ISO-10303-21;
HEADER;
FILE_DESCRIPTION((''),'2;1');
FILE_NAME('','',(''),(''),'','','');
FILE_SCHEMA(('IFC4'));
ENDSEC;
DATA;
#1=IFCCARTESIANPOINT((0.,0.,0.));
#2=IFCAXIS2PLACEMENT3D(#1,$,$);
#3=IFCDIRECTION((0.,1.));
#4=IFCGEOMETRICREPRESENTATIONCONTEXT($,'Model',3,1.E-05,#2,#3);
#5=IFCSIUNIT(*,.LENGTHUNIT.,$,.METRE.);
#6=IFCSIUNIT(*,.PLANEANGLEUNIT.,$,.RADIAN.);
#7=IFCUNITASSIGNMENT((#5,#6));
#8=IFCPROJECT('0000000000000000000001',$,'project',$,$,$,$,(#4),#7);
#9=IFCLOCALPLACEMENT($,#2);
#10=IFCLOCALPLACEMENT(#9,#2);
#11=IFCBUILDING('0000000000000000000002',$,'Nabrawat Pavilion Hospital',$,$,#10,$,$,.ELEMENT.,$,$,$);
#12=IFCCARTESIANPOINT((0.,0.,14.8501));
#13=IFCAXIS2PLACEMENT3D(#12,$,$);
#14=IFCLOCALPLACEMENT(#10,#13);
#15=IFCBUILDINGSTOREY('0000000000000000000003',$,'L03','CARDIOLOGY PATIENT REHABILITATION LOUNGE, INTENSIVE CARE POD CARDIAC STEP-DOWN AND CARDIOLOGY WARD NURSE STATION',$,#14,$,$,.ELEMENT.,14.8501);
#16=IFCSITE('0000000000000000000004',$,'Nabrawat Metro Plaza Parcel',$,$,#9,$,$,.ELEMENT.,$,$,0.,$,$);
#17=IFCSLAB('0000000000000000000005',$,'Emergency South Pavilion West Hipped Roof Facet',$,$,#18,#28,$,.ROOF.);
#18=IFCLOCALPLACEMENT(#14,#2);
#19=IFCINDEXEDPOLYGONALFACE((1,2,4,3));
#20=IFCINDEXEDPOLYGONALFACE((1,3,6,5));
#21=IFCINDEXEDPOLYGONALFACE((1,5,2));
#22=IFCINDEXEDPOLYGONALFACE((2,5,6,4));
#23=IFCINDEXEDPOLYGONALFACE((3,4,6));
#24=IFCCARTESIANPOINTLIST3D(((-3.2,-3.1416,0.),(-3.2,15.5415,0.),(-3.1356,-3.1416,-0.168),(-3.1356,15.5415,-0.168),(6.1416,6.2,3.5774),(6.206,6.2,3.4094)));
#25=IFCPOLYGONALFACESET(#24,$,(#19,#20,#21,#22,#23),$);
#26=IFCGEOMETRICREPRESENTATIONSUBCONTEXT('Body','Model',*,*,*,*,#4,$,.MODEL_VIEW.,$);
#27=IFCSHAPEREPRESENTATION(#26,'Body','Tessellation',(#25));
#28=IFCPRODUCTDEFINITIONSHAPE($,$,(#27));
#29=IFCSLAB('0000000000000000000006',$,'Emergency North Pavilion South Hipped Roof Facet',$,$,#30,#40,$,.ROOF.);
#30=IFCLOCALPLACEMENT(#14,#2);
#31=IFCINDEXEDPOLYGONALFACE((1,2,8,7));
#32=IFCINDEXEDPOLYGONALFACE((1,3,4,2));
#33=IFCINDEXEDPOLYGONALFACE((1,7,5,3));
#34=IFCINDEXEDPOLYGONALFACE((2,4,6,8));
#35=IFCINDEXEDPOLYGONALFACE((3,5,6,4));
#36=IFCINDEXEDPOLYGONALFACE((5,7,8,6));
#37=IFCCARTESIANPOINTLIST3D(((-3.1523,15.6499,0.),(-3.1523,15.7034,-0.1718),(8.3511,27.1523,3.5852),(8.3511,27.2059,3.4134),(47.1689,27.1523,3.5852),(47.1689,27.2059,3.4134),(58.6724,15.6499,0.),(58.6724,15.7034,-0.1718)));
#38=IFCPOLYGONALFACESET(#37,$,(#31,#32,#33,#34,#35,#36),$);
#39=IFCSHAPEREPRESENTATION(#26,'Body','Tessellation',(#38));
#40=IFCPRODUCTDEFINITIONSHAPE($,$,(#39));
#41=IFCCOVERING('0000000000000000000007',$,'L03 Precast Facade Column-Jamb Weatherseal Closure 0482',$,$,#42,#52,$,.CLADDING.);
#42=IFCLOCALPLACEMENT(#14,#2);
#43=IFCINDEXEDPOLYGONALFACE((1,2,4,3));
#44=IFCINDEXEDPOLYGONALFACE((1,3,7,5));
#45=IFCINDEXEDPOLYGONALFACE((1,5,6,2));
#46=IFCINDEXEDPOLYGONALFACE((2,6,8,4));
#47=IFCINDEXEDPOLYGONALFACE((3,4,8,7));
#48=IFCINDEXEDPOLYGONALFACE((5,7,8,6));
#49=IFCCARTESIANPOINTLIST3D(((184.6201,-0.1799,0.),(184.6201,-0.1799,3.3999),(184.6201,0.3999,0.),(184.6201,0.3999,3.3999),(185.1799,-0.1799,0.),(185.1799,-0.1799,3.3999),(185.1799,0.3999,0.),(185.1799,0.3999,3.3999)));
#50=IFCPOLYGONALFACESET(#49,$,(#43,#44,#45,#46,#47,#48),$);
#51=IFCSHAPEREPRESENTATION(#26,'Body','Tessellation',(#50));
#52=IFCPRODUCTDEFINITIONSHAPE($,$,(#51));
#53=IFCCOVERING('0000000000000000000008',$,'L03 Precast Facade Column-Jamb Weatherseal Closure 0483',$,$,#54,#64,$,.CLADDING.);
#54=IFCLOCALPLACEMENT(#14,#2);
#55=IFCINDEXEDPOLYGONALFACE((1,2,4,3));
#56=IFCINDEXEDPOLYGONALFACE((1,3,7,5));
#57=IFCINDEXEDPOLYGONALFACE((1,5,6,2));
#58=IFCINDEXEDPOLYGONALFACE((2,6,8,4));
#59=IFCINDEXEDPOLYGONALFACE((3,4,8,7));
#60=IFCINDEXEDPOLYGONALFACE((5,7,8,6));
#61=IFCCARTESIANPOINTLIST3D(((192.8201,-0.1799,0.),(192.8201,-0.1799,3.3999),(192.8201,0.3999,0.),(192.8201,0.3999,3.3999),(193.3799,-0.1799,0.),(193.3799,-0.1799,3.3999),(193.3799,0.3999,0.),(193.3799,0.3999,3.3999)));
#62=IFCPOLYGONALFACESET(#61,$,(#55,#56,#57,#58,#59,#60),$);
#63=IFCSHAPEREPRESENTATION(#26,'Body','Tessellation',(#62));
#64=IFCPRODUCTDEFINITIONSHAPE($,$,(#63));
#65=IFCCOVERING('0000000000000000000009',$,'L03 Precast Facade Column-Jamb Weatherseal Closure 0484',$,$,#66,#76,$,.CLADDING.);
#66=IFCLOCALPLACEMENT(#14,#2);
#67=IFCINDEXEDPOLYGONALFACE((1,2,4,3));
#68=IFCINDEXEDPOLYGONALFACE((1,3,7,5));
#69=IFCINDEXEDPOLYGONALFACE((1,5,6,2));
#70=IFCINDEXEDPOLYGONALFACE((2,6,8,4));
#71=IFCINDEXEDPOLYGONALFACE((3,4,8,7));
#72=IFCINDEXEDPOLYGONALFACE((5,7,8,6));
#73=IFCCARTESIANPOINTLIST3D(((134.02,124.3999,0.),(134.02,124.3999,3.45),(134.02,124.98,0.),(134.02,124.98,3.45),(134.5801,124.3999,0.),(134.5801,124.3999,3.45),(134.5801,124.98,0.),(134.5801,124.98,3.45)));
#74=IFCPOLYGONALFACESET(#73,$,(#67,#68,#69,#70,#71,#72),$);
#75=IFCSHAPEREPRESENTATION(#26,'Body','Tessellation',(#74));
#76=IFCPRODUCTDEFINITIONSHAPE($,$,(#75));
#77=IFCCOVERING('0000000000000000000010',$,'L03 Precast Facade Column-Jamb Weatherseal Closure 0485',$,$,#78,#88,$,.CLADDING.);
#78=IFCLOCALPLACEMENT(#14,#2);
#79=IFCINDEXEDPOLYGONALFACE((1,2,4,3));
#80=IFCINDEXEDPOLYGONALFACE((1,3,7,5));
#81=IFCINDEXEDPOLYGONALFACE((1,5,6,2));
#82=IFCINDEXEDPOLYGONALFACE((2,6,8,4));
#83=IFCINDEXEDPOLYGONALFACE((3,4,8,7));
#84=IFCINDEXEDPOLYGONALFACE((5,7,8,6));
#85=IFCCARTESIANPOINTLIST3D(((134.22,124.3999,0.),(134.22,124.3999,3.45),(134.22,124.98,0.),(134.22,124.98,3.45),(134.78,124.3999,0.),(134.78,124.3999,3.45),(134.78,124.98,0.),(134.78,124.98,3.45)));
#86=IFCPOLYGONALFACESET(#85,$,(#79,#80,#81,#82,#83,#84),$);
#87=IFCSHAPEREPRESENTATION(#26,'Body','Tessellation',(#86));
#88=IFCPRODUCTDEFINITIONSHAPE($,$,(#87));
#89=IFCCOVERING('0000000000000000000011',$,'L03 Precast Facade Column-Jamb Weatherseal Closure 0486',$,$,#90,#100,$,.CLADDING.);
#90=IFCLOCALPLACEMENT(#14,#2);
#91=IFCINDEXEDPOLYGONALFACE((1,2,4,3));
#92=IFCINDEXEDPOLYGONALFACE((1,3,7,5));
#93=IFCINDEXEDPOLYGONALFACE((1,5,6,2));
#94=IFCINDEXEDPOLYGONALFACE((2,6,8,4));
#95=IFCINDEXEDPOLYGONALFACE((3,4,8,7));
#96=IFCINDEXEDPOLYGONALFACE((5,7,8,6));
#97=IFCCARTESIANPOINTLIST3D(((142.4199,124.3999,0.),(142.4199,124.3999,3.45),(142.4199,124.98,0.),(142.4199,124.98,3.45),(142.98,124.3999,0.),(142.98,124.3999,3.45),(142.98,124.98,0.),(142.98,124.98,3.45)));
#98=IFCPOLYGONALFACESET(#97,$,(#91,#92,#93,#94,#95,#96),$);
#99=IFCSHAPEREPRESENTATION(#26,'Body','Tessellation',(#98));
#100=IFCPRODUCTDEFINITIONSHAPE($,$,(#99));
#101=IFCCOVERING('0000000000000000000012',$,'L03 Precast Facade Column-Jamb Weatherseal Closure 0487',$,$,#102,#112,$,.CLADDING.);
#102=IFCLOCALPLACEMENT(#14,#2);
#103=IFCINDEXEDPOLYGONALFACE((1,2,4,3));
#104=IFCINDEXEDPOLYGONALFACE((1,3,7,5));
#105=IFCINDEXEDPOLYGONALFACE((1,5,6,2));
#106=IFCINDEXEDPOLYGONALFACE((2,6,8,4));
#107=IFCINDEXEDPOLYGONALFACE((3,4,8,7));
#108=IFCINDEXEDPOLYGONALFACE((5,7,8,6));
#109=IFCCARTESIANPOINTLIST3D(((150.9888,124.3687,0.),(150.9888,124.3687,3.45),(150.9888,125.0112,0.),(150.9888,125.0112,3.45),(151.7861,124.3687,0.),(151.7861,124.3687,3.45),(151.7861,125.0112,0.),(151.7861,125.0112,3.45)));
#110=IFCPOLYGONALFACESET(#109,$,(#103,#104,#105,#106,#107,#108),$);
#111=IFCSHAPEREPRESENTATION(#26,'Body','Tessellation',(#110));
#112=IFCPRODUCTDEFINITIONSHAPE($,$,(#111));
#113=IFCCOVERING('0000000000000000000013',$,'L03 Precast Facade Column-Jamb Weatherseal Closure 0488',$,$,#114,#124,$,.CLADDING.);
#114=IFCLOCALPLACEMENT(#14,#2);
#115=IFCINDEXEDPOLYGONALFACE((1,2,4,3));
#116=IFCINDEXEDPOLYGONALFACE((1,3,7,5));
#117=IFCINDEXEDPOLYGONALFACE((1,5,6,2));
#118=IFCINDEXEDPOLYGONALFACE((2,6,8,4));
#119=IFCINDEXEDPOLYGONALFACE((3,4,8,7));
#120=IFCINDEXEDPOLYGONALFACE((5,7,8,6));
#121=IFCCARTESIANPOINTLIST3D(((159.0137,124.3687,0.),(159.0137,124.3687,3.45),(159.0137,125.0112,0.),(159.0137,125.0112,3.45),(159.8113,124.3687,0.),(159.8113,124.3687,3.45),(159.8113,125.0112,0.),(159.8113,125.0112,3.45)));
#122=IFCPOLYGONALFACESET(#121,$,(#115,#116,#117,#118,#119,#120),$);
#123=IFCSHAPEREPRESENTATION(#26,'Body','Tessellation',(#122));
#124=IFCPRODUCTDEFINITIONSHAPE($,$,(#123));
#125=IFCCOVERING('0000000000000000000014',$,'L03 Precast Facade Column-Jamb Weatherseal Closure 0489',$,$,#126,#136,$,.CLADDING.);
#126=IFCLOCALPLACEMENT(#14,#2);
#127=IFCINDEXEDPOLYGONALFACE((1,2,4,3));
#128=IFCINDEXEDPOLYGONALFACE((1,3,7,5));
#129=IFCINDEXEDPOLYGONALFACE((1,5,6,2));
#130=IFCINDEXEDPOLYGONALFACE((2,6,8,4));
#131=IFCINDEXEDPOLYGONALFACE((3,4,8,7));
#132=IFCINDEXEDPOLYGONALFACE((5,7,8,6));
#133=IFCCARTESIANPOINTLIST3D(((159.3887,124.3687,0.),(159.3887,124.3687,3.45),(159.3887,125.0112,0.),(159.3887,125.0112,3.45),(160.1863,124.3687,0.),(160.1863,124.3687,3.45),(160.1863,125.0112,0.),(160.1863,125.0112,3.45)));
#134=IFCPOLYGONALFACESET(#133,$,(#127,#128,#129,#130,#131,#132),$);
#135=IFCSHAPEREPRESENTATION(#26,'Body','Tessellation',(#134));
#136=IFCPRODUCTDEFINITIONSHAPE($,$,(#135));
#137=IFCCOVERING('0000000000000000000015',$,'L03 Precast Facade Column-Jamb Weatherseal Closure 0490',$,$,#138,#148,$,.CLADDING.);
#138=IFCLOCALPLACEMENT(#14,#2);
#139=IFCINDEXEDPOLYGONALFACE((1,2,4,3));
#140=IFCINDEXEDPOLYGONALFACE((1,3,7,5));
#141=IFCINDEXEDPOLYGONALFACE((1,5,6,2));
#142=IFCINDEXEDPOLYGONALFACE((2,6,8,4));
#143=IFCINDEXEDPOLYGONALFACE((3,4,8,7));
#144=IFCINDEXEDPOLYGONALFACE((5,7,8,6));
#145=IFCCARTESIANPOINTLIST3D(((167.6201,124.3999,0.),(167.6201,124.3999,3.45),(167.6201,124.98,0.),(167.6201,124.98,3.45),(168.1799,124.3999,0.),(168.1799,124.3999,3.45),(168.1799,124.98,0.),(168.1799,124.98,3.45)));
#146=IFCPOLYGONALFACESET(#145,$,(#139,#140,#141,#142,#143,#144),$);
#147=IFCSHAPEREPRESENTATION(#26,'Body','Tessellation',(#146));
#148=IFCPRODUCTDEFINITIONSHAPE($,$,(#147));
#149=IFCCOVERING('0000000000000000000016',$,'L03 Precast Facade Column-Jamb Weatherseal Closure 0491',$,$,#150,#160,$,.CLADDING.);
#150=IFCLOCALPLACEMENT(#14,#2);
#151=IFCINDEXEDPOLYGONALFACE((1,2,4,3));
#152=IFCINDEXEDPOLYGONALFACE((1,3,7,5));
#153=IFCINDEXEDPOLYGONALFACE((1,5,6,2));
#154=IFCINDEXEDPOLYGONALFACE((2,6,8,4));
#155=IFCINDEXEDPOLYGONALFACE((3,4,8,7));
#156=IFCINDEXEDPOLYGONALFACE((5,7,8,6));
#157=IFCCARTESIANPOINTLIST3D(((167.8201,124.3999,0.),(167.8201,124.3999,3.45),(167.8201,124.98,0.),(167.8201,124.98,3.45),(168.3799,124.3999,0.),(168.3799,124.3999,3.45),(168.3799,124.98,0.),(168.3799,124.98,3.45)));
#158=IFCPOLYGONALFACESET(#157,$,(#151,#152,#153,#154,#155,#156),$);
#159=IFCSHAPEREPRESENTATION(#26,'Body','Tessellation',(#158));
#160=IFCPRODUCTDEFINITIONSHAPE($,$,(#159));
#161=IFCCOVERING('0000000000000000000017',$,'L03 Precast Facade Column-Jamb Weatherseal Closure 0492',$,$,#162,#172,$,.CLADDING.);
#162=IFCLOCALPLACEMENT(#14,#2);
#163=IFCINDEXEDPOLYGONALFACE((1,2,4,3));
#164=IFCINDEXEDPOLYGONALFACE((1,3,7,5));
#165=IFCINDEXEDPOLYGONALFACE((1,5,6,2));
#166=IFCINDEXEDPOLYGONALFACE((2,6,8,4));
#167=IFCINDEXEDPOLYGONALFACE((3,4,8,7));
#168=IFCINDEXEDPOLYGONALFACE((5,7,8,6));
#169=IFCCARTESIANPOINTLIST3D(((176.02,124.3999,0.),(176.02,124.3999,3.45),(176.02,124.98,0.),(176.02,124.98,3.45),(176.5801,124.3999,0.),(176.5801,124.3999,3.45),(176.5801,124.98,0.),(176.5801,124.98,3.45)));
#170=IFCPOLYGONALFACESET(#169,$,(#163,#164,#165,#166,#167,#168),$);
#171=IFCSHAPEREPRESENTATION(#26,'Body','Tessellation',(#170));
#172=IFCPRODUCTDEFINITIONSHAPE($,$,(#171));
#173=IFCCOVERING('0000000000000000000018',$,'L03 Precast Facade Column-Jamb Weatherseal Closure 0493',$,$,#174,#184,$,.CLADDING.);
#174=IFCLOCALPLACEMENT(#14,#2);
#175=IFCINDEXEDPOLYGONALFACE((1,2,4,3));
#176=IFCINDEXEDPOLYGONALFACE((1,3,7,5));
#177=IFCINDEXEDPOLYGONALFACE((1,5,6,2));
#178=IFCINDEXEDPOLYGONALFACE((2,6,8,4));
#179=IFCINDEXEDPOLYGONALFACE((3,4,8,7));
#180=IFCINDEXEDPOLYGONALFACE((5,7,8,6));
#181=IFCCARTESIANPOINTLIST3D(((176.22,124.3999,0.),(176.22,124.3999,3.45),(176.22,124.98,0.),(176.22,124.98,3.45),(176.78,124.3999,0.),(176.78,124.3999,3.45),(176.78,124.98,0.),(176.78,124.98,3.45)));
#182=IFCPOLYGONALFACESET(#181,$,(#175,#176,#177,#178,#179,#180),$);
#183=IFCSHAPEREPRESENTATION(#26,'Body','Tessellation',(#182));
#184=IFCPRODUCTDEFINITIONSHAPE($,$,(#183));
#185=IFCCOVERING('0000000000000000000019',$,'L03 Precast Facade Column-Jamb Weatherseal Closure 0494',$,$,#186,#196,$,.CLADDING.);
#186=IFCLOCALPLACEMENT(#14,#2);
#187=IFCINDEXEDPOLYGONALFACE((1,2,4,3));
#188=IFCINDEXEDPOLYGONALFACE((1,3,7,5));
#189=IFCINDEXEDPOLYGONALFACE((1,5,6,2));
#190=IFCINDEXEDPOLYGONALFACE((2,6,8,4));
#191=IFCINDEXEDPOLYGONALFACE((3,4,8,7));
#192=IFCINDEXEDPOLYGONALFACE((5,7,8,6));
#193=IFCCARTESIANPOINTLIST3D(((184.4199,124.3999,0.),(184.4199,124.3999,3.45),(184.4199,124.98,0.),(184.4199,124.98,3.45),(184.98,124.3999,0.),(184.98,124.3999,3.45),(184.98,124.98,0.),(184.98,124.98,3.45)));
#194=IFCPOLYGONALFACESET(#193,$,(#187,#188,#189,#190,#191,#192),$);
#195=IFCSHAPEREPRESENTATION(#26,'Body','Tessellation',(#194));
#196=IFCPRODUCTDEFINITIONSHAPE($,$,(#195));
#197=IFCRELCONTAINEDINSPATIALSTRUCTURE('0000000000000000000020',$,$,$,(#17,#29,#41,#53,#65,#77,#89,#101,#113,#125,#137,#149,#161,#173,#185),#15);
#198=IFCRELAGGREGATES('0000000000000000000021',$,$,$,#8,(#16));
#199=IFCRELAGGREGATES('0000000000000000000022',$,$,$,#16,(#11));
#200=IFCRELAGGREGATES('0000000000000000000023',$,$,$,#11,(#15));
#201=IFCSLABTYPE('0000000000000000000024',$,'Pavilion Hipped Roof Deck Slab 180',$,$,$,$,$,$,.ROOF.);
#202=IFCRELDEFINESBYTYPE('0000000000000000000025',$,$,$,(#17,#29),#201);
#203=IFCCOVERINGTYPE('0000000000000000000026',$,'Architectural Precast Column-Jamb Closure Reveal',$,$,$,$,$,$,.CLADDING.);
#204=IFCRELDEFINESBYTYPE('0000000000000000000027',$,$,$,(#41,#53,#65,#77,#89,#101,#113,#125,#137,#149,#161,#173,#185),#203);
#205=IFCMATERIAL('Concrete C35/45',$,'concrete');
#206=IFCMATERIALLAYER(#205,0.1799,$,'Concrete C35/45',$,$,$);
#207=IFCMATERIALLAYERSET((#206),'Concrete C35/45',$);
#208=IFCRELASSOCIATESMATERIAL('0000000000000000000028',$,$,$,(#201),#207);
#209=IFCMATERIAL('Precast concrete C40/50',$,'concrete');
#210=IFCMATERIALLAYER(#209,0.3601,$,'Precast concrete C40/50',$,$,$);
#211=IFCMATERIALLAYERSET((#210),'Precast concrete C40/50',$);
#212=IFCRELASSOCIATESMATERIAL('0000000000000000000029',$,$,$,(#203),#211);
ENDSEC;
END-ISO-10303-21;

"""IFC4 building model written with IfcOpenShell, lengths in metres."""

from ifc_helpers import new_model, si_unit, direction, frame, origin, place, context, subcontext, project, spatial, polyline, outline, extrude, material, layer, layer_set, type_object, element, save


model = new_model("IFC4")

# Units and contexts
model_context = context("Model", 3, precision=1e-05, world=origin(), true_north=direction((0.0, 1.0)))
body_context = subcontext(model_context, "Body", "Model", "MODEL_VIEW")
ifc_project = project(units=[si_unit("LENGTHUNIT", "METRE"), si_unit("PLANEANGLEUNIT", "RADIAN")], contexts=[model_context])

# Site, building, storey
site_placement = place(None, origin())
site = spatial("IfcSite", under=ifc_project, at=site_placement, Name="Nabrawat Metro Plaza Parcel", CompositionType="ELEMENT", RefElevation=0.0)
building_placement = place(site_placement, origin())
building = spatial("IfcBuilding", under=site, at=building_placement, Name="Nabrawat Pavilion Hospital", CompositionType="ELEMENT")
storey_placement = place(building_placement, frame((0.0, 0.0, 14.8501)))
storey = spatial("IfcBuildingStorey", under=building, at=storey_placement, Name="L03", Description="CARDIOLOGY PATIENT REHABILITATION LOUNGE, INTENSIVE CARE POD CARDIAC STEP-DOWN AND CARDIOLOGY WARD NURSE STATION", CompositionType="ELEMENT", Elevation=14.8501)

# Slabs
ifc_material_1 = material(Name="Concrete C35/45", Category="concrete")
ifc_layer_1 = layer(ifc_material_1, 0.1799, Name="Concrete C35/45")
ifc_layer_set_1 = layer_set([ifc_layer_1], Name="Concrete C35/45")
slab_type = type_object("IfcSlabType", Name="Pavilion Hipped Roof Deck Slab 180", PredefinedType="ROOF", material=ifc_layer_set_1)
slab_1_placement = place(storey_placement, frame((-3.2, 15.5415, 0.0), z_axis=(-0.357628, 0.0, 0.933864), x_axis=(0.0, -1.0, 0.0)))
element("IfcSlab", 1, at=slab_1_placement, inside=storey, type_object=slab_type, Name="Emergency South Pavilion West Hipped Roof Facet", PredefinedType="ROOF", context=body_context, shape_type="SweptSolid", body=[
    extrude(outline(polyline([(0.0, 0.0), (18.6831, 0.0), (9.3416, 10.0031), (0.0, 0.0)])), origin(), (0.0, 0.0, -1.0), 0.1799),
])
slab_2_placement = place(storey_placement, frame((-3.1523, 15.6499, 0.0), z_axis=(0.0, -0.297571, 0.9547), x_axis=(1.0, 0.0, 0.0)))
element("IfcSlab", 2, at=slab_2_placement, inside=storey, type_object=slab_type, Name="Emergency North Pavilion South Hipped Roof Facet", PredefinedType="ROOF", context=body_context, shape_type="SweptSolid", body=[
    extrude(outline(polyline([(0.0, 0.0), (61.8247, 0.0), (50.3213, 12.0482), (11.5034, 12.0482), (0.0, 0.0)])), origin(), (0.0, 0.0, -1.0), 0.1799),
])

# Coverings
ifc_material_2 = material(Name="Precast concrete C40/50", Category="concrete")
ifc_layer_2 = layer(ifc_material_2, 0.3601, Name="Precast concrete C40/50")
ifc_layer_set_2 = layer_set([ifc_layer_2], Name="Precast concrete C40/50")
covering_type = type_object("IfcCoveringType", Name="Architectural Precast Column-Jamb Closure Reveal", PredefinedType="CLADDING", material=ifc_layer_set_2)
covering_1_placement = place(storey_placement, origin())
element("IfcCovering", 3, at=covering_1_placement, inside=storey, type_object=covering_type, Name="L03 Precast Facade Column-Jamb Weatherseal Closure 0482", PredefinedType="CLADDING", context=body_context, shape_type="SweptSolid", body=[
    extrude(outline(polyline([(185.1799, -0.1799), (185.1799, 0.3999), (184.6201, 0.3999), (184.6201, -0.1799), (185.1799, -0.1799)])), origin(), (0.0, 0.0, 1.0), 3.3999),
])
covering_2_placement = place(storey_placement, origin())
element("IfcCovering", 4, at=covering_2_placement, inside=storey, type_object=covering_type, Name="L03 Precast Facade Column-Jamb Weatherseal Closure 0483", PredefinedType="CLADDING", context=body_context, shape_type="SweptSolid", body=[
    extrude(outline(polyline([(193.3799, -0.1799), (193.3799, 0.3999), (192.8201, 0.3999), (192.8201, -0.1799), (193.3799, -0.1799)])), origin(), (0.0, 0.0, 1.0), 3.3999),
])
covering_3_placement = place(storey_placement, origin())
element("IfcCovering", 5, at=covering_3_placement, inside=storey, type_object=covering_type, Name="L03 Precast Facade Column-Jamb Weatherseal Closure 0484", PredefinedType="CLADDING", context=body_context, shape_type="SweptSolid", body=[
    extrude(outline(polyline([(134.5801, 124.3999), (134.5801, 124.98), (134.02, 124.98), (134.02, 124.3999), (134.5801, 124.3999)])), origin(), (0.0, 0.0, 1.0), 3.45),
])
covering_4_placement = place(storey_placement, origin())
element("IfcCovering", 6, at=covering_4_placement, inside=storey, type_object=covering_type, Name="L03 Precast Facade Column-Jamb Weatherseal Closure 0485", PredefinedType="CLADDING", context=body_context, shape_type="SweptSolid", body=[
    extrude(outline(polyline([(134.78, 124.3999), (134.78, 124.98), (134.22, 124.98), (134.22, 124.3999), (134.78, 124.3999)])), origin(), (0.0, 0.0, 1.0), 3.45),
])
covering_5_placement = place(storey_placement, origin())
element("IfcCovering", 7, at=covering_5_placement, inside=storey, type_object=covering_type, Name="L03 Precast Facade Column-Jamb Weatherseal Closure 0486", PredefinedType="CLADDING", context=body_context, shape_type="SweptSolid", body=[
    extrude(outline(polyline([(142.98, 124.3999), (142.98, 124.98), (142.4199, 124.98), (142.4199, 124.3999), (142.98, 124.3999)])), origin(), (0.0, 0.0, 1.0), 3.45),
])
covering_6_placement = place(storey_placement, origin())
element("IfcCovering", 8, at=covering_6_placement, inside=storey, type_object=covering_type, Name="L03 Precast Facade Column-Jamb Weatherseal Closure 0487", PredefinedType="CLADDING", context=body_context, shape_type="SweptSolid", body=[
    extrude(outline(polyline([(151.7861, 124.3687), (151.7861, 125.0112), (150.9888, 125.0112), (150.9888, 124.3687), (151.7861, 124.3687)])), origin(), (0.0, 0.0, 1.0), 3.45),
])
covering_7_placement = place(storey_placement, origin())
element("IfcCovering", 9, at=covering_7_placement, inside=storey, type_object=covering_type, Name="L03 Precast Facade Column-Jamb Weatherseal Closure 0488", PredefinedType="CLADDING", context=body_context, shape_type="SweptSolid", body=[
    extrude(outline(polyline([(159.8113, 124.3687), (159.8113, 125.0112), (159.0137, 125.0112), (159.0137, 124.3687), (159.8113, 124.3687)])), origin(), (0.0, 0.0, 1.0), 3.45),
])
covering_8_placement = place(storey_placement, origin())
element("IfcCovering", 10, at=covering_8_placement, inside=storey, type_object=covering_type, Name="L03 Precast Facade Column-Jamb Weatherseal Closure 0489", PredefinedType="CLADDING", context=body_context, shape_type="SweptSolid", body=[
    extrude(outline(polyline([(160.1863, 124.3687), (160.1863, 125.0112), (159.3887, 125.0112), (159.3887, 124.3687), (160.1863, 124.3687)])), origin(), (0.0, 0.0, 1.0), 3.45),
])
covering_9_placement = place(storey_placement, origin())
element("IfcCovering", 11, at=covering_9_placement, inside=storey, type_object=covering_type, Name="L03 Precast Facade Column-Jamb Weatherseal Closure 0490", PredefinedType="CLADDING", context=body_context, shape_type="SweptSolid", body=[
    extrude(outline(polyline([(168.1799, 124.3999), (168.1799, 124.98), (167.6201, 124.98), (167.6201, 124.3999), (168.1799, 124.3999)])), origin(), (0.0, 0.0, 1.0), 3.45),
])
covering_10_placement = place(storey_placement, origin())
element("IfcCovering", 12, at=covering_10_placement, inside=storey, type_object=covering_type, Name="L03 Precast Facade Column-Jamb Weatherseal Closure 0491", PredefinedType="CLADDING", context=body_context, shape_type="SweptSolid", body=[
    extrude(outline(polyline([(168.3799, 124.3999), (168.3799, 124.98), (167.8201, 124.98), (167.8201, 124.3999), (168.3799, 124.3999)])), origin(), (0.0, 0.0, 1.0), 3.45),
])
covering_11_placement = place(storey_placement, origin())
element("IfcCovering", 13, at=covering_11_placement, inside=storey, type_object=covering_type, Name="L03 Precast Facade Column-Jamb Weatherseal Closure 0492", PredefinedType="CLADDING", context=body_context, shape_type="SweptSolid", body=[
    extrude(outline(polyline([(176.5801, 124.3999), (176.5801, 124.98), (176.02, 124.98), (176.02, 124.3999), (176.5801, 124.3999)])), origin(), (0.0, 0.0, 1.0), 3.45),
])
covering_12_placement = place(storey_placement, origin())
element("IfcCovering", 14, at=covering_12_placement, inside=storey, type_object=covering_type, Name="L03 Precast Facade Column-Jamb Weatherseal Closure 0493", PredefinedType="CLADDING", context=body_context, shape_type="SweptSolid", body=[
    extrude(outline(polyline([(176.78, 124.3999), (176.78, 124.98), (176.22, 124.98), (176.22, 124.3999), (176.78, 124.3999)])), origin(), (0.0, 0.0, 1.0), 3.45),
])
covering_13_placement = place(storey_placement, origin())
element("IfcCovering", 15, at=covering_13_placement, inside=storey, type_object=covering_type, Name="L03 Precast Facade Column-Jamb Weatherseal Closure 0494", PredefinedType="CLADDING", context=body_context, shape_type="SweptSolid", body=[
    extrude(outline(polyline([(184.98, 124.3999), (184.98, 124.98), (184.4199, 124.98), (184.4199, 124.3999), (184.98, 124.3999)])), origin(), (0.0, 0.0, 1.0), 3.45),
])

save(model, "model.ifc")
